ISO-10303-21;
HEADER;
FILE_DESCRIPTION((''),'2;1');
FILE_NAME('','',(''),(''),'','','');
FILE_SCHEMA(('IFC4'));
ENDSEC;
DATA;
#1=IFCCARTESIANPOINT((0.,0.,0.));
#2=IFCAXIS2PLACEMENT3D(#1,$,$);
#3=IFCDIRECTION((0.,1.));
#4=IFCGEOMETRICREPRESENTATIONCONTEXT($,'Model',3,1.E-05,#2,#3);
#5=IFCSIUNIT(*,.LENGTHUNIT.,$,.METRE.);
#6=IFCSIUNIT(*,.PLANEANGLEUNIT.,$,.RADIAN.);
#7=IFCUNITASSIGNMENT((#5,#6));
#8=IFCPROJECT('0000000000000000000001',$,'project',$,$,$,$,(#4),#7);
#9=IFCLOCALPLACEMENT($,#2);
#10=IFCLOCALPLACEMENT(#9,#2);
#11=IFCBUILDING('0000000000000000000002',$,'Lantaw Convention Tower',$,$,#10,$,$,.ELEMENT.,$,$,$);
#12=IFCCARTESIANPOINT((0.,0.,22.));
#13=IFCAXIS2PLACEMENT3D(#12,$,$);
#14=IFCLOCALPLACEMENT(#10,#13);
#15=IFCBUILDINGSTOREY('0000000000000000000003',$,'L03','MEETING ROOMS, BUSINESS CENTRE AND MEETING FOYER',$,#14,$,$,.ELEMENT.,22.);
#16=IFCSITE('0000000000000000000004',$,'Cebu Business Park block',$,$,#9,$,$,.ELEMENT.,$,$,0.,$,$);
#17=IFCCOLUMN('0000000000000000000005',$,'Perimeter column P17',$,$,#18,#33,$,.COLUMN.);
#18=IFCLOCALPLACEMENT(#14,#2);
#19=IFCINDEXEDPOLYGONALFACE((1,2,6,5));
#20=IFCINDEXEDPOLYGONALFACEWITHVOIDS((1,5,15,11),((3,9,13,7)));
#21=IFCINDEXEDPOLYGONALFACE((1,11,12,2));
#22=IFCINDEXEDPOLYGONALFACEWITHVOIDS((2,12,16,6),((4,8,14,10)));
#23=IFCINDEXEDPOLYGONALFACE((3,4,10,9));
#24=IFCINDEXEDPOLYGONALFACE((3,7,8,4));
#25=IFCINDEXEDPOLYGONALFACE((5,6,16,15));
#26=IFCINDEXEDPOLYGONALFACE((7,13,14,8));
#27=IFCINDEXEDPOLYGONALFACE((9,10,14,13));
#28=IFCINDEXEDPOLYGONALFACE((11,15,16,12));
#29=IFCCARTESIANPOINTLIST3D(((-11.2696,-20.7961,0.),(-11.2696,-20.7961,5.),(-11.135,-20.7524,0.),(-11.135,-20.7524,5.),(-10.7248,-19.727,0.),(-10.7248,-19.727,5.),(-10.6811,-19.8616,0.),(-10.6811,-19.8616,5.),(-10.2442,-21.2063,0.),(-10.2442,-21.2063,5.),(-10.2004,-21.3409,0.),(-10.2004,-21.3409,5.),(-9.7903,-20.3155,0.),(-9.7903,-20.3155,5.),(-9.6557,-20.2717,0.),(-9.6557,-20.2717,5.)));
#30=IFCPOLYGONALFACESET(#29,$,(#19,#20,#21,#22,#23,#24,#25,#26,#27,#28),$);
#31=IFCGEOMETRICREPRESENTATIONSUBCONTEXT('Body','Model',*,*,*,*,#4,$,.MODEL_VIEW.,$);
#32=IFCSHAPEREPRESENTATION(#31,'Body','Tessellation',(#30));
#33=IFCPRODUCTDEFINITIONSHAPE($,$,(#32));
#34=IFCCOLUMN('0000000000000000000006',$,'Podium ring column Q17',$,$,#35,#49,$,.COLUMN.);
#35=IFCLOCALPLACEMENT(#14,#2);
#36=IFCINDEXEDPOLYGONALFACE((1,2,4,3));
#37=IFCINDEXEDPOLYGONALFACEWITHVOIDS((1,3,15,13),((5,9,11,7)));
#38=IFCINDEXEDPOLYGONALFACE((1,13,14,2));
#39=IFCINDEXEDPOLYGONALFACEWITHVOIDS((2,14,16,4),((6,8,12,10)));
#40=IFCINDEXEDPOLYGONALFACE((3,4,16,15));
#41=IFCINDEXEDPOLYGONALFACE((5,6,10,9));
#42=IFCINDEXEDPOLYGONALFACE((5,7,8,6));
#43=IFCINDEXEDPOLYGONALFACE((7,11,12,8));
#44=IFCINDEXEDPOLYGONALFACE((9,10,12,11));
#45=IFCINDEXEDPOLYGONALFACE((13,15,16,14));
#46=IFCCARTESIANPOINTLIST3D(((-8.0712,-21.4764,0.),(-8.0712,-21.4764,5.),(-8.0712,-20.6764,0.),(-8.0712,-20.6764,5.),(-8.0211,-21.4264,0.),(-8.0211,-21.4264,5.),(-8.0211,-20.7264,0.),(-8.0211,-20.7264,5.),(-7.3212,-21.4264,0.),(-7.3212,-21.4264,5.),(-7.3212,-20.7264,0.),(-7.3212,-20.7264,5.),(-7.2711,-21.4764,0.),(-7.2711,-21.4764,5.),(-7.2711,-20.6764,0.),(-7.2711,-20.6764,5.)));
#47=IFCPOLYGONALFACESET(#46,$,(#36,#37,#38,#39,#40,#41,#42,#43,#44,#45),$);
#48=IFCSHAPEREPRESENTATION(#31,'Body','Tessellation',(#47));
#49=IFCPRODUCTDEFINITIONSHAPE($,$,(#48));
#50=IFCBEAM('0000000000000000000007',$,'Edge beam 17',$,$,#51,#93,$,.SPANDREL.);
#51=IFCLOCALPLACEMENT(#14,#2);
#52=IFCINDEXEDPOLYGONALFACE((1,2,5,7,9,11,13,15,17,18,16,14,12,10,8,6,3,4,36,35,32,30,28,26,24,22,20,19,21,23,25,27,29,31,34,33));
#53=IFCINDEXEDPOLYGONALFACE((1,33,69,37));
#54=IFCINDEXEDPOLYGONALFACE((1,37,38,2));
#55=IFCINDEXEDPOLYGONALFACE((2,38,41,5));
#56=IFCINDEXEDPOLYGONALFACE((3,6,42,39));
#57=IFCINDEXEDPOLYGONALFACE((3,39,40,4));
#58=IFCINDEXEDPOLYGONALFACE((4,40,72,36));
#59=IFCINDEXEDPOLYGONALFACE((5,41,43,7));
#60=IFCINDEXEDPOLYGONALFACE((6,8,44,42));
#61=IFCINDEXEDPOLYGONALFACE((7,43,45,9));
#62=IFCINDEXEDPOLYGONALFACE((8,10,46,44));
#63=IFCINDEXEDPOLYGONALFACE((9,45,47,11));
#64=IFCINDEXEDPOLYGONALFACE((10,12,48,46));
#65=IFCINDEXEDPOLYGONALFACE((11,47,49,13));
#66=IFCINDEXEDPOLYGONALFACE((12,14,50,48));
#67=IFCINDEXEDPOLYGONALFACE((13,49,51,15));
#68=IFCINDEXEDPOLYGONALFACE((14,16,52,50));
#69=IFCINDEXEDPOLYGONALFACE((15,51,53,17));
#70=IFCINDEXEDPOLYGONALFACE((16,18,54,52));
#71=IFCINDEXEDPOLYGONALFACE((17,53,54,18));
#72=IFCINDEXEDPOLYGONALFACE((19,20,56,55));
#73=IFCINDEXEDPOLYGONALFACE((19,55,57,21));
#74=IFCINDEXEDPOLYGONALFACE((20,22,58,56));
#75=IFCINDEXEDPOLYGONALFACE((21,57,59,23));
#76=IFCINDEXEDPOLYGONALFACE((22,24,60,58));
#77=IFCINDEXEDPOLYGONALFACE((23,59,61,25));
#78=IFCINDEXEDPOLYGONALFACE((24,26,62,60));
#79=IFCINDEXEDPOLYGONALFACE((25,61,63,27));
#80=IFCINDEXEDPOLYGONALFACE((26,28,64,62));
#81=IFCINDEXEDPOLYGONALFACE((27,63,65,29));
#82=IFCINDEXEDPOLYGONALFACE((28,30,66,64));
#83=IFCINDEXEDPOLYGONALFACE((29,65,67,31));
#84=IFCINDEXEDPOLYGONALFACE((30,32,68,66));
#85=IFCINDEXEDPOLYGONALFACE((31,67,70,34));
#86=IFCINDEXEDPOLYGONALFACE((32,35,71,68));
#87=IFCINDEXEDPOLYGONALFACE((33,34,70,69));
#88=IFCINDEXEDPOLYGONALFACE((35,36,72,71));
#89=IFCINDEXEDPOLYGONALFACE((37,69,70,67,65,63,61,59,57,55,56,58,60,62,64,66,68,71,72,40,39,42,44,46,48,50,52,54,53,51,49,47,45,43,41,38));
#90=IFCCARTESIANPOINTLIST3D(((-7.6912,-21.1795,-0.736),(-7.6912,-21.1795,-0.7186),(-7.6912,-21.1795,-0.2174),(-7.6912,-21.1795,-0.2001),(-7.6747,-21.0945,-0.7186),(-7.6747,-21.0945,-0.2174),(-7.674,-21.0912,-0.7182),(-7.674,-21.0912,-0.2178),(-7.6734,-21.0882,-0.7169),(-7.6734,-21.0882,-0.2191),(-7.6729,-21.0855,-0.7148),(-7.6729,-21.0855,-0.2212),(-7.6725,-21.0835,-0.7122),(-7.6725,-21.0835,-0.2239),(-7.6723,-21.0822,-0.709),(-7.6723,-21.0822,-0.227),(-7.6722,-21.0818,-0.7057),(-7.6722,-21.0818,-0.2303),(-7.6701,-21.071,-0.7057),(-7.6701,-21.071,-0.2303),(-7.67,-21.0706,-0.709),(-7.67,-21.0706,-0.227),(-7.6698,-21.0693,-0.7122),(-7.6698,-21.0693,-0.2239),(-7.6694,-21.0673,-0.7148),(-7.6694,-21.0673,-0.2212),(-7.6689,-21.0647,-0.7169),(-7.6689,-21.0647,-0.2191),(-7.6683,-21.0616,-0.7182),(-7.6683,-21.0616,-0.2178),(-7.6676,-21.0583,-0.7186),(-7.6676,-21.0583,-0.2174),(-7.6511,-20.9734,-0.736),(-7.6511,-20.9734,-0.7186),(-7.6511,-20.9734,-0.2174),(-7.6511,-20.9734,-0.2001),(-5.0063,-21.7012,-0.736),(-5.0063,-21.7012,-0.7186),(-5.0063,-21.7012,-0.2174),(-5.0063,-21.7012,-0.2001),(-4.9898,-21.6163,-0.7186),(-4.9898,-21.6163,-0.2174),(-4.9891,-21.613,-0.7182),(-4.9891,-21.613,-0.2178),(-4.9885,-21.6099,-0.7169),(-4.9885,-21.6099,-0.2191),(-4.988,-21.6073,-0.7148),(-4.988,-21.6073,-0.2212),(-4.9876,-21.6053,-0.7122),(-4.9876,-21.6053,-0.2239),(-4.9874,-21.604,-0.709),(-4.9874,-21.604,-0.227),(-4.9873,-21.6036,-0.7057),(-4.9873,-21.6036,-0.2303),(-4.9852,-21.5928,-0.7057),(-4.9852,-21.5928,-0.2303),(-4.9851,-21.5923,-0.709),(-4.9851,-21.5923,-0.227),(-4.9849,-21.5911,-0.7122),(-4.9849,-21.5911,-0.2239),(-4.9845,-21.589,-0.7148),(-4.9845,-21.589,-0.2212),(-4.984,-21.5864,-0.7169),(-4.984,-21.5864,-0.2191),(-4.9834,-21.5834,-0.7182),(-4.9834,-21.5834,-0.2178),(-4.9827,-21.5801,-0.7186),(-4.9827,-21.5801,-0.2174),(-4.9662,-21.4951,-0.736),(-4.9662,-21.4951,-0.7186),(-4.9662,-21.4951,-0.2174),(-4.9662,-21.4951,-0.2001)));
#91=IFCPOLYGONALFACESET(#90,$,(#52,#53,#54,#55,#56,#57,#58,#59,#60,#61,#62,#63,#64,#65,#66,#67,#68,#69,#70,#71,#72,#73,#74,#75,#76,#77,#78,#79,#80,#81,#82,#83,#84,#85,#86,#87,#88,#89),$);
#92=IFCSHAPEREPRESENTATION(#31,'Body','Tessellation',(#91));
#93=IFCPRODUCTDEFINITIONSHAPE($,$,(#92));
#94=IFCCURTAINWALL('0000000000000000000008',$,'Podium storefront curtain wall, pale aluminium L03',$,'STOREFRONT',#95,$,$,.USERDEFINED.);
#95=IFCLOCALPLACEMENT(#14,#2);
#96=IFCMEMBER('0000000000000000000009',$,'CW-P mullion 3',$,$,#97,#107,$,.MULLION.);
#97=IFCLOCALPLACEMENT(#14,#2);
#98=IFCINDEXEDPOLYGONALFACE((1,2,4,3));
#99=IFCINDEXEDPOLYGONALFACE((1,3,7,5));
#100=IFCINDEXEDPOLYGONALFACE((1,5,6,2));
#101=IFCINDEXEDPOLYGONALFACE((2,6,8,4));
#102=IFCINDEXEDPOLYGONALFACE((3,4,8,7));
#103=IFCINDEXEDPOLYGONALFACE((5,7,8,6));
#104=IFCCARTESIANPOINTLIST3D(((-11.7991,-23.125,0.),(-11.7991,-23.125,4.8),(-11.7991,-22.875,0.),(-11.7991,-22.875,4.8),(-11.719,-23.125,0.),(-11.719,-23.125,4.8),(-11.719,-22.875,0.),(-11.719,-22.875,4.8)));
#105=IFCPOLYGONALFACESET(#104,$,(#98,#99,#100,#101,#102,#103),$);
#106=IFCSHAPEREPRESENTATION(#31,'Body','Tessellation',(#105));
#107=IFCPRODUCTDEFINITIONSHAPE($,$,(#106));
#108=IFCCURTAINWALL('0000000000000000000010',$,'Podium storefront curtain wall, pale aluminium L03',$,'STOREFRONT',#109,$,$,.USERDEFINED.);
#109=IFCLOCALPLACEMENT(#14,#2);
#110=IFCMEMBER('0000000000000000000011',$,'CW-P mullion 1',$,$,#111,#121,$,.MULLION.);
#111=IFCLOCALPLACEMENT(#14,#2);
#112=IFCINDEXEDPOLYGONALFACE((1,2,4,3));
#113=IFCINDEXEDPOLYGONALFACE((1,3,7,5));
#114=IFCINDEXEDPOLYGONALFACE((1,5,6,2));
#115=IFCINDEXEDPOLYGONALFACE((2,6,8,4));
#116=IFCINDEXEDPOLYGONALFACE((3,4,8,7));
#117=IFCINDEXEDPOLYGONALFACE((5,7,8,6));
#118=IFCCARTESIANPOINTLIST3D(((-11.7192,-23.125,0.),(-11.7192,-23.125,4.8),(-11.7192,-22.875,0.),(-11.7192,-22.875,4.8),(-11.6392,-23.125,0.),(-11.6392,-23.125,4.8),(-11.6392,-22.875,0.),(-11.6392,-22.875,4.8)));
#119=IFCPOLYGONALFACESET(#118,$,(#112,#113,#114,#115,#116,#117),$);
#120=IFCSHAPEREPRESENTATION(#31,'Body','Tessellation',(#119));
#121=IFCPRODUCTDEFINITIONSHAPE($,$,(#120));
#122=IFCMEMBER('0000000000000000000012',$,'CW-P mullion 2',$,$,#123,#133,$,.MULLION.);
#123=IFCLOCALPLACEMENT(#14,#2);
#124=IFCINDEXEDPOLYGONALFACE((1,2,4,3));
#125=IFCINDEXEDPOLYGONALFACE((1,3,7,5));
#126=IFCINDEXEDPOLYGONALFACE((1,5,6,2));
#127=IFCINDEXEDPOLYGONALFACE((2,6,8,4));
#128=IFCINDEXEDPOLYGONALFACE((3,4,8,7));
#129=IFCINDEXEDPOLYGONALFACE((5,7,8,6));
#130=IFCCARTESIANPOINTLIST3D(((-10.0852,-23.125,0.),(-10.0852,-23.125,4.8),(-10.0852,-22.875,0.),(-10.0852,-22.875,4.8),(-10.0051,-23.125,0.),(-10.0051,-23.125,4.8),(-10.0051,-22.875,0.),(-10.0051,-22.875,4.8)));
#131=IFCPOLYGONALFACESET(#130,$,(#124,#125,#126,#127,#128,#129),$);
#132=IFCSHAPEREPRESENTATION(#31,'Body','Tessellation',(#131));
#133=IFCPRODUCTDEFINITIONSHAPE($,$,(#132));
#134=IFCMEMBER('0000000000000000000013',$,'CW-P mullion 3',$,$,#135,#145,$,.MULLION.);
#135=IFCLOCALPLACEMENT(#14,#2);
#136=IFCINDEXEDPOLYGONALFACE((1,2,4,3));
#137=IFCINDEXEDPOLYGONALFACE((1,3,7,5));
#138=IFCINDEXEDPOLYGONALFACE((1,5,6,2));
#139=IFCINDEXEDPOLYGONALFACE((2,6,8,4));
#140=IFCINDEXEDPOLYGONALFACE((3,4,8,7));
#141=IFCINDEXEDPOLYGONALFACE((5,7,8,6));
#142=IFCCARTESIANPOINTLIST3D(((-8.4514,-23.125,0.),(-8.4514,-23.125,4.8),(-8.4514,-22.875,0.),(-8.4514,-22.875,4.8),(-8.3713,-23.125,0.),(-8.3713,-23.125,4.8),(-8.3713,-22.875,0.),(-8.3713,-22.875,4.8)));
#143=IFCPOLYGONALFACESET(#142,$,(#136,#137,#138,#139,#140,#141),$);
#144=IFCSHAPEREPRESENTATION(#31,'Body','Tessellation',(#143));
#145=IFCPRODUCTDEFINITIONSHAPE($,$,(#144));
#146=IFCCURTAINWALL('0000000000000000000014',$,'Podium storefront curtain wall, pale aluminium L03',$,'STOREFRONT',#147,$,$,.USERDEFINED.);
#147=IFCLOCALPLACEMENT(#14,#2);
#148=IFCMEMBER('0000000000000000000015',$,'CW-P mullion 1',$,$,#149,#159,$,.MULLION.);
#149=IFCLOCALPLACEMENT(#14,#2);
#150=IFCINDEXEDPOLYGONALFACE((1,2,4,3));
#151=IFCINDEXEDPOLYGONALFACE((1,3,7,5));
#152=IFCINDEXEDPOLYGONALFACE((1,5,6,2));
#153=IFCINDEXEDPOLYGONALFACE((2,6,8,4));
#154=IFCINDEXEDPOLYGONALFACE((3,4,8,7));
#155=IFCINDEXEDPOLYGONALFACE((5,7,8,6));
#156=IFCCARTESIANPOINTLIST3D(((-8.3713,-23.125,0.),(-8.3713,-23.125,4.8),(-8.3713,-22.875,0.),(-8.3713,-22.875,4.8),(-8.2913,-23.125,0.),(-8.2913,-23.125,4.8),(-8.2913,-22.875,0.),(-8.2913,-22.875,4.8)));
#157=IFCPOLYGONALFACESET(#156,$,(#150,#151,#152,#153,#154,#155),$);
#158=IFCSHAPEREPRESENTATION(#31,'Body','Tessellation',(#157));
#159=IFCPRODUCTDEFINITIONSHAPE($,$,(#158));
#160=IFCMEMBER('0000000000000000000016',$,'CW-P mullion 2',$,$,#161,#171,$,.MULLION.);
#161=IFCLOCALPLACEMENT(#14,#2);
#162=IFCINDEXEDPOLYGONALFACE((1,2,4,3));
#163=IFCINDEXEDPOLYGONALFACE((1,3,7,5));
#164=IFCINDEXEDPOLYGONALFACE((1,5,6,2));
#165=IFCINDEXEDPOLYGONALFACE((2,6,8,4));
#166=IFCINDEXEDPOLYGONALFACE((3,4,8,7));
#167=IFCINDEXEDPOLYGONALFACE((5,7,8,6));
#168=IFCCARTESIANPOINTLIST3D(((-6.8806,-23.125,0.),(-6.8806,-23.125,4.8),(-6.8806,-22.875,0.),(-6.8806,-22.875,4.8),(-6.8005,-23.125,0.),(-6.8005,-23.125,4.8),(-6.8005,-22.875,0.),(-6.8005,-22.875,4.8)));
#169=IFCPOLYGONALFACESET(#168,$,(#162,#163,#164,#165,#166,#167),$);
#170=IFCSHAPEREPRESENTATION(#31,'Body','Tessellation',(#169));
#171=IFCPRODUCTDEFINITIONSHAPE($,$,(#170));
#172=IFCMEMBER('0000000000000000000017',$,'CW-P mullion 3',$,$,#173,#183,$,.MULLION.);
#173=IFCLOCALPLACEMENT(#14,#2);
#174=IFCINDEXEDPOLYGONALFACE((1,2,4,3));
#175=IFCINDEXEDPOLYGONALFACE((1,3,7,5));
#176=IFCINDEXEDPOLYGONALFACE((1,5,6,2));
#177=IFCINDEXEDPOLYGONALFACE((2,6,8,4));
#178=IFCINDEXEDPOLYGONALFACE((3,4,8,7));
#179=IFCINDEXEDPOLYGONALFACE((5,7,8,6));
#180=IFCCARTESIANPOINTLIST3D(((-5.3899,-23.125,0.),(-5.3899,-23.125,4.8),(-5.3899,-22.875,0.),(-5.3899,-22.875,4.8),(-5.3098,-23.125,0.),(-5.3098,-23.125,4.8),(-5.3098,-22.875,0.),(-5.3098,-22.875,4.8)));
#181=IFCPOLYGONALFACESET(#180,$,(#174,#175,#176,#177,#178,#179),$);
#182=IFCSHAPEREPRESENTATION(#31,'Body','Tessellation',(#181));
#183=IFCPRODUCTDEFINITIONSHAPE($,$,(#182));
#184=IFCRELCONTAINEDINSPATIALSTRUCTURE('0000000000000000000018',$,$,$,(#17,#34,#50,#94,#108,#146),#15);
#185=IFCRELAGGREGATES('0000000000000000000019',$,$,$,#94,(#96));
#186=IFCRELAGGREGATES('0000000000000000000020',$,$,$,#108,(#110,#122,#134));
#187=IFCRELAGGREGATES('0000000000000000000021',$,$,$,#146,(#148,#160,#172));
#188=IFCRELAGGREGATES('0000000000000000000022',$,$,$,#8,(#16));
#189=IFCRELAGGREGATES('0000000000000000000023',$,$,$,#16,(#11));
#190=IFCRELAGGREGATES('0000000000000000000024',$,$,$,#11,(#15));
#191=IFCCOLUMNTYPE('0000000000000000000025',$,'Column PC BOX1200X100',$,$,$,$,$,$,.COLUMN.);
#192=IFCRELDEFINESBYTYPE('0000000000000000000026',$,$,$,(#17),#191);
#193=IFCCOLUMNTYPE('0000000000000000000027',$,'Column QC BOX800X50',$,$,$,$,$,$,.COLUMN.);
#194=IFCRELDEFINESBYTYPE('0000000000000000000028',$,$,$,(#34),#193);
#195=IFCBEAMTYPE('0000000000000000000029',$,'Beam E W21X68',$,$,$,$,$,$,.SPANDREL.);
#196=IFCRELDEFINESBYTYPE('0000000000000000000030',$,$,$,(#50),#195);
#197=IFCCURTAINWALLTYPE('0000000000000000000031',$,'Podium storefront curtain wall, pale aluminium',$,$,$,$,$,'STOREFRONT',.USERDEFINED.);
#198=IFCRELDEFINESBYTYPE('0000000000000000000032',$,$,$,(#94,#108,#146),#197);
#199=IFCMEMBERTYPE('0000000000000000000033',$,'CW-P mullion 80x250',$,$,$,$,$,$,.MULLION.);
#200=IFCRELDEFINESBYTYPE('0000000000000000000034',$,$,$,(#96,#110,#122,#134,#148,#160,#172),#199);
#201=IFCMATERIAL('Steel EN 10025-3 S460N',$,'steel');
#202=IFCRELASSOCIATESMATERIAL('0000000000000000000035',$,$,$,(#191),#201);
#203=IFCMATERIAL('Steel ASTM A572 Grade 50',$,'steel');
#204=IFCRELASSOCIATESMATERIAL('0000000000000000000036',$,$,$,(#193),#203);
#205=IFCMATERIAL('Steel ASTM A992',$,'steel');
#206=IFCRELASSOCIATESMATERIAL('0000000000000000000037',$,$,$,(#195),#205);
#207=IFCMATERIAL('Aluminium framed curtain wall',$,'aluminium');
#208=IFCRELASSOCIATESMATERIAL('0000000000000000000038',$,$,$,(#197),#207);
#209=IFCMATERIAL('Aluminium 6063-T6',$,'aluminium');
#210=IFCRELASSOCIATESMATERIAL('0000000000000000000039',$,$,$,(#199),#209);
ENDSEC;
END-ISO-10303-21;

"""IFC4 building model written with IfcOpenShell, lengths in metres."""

from ifc_helpers import new_model, si_unit, direction, frame, origin, origin_2d, place, context, subcontext, project, spatial, rectangle, hollow_rectangle, i_section, extrude, material, material_profile, profile_set, type_object, element, aggregate, save


model = new_model("IFC4")

# Units and contexts
model_context = context("Model", 3, precision=1e-05, world=origin(), true_north=direction((0.0, 1.0)))
body_context = subcontext(model_context, "Body", "Model", "MODEL_VIEW")
ifc_project = project(units=[si_unit("LENGTHUNIT", "METRE"), si_unit("PLANEANGLEUNIT", "RADIAN")], contexts=[model_context])

# Site, building, storey
site_placement = place(None, origin())
site = spatial("IfcSite", under=ifc_project, at=site_placement, Name="Cebu Business Park block", CompositionType="ELEMENT", RefElevation=0.0)
building_placement = place(site_placement, origin())
building = spatial("IfcBuilding", under=site, at=building_placement, Name="Lantaw Convention Tower", CompositionType="ELEMENT")
storey_placement = place(building_placement, frame((0.0, 0.0, 22.0)))
storey = spatial("IfcBuildingStorey", under=building, at=storey_placement, Name="L03", Description="MEETING ROOMS, BUSINESS CENTRE AND MEETING FOYER", CompositionType="ELEMENT", Elevation=22.0)

# Columns
ifc_material_1 = material(Name="Steel EN 10025-3 S460N", Category="steel")
ifc_material_profile_1 = material_profile(ifc_material_1, hollow_rectangle(XDim=1.2, YDim=1.2, WallThickness=0.1001, at=origin_2d()), Name="BOX1200X100")
ifc_material_2 = material(Name="Concrete C60/75", Category="concrete")
ifc_material_profile_2 = material_profile(ifc_material_2, rectangle(XDim=1.0, YDim=1.0, at=origin_2d()), Name="Concrete fill of BOX1200X100")
ifc_profile_set_1 = profile_set([ifc_material_profile_1, ifc_material_profile_2], Name="Steel EN 10025-3 S460N")
column_type_1 = type_object("IfcColumnType", Name="Column PC BOX1200X100", PredefinedType="COLUMN", material=ifc_profile_set_1)
column_1_placement = place(storey_placement, frame((-10.4626, -20.5339, 0.0), z_axis=(0.0, 0.0, 1.0), x_axis=(0.45399, 0.891007, 0.0)))
element("IfcColumn", 1, at=column_1_placement, inside=storey, type_object=column_type_1, Name="Perimeter column P17", PredefinedType="COLUMN", context=body_context, shape_type="SweptSolid", body=[
    extrude(hollow_rectangle(XDim=1.2, YDim=1.2, WallThickness=0.1001, at=origin_2d()), origin(), (0.0, 0.0, 1.0), 5.0),
])
ifc_material_3 = material(Name="Steel ASTM A572 Grade 50", Category="steel")
ifc_material_profile_3 = material_profile(ifc_material_3, hollow_rectangle(XDim=0.8, YDim=0.8, WallThickness=0.05, at=origin_2d()), Name="BOX800X50")
ifc_profile_set_2 = profile_set([ifc_material_profile_3], Name="Steel ASTM A572 Grade 50")
column_type_2 = type_object("IfcColumnType", Name="Column QC BOX800X50", PredefinedType="COLUMN", material=ifc_profile_set_2)
column_2_placement = place(storey_placement, frame((-7.6711, -21.0764, 0.0), z_axis=(0.0, 0.0, 1.0), x_axis=(1.0, 0.0, 0.0)))
element("IfcColumn", 2, at=column_2_placement, inside=storey, type_object=column_type_2, Name="Podium ring column Q17", PredefinedType="COLUMN", context=body_context, shape_type="SweptSolid", body=[
    extrude(hollow_rectangle(XDim=0.8, YDim=0.8, WallThickness=0.05, at=origin_2d()), origin(), (0.0, 0.0, 1.0), 5.0),
])

# Beam
ifc_material_4 = material(Name="Steel ASTM A992", Category="steel")
ifc_material_profile_4 = material_profile(ifc_material_4, i_section(OverallWidth=0.21, OverallDepth=0.5359, WebThickness=0.011, FlangeThickness=0.0173, FilletRadius=0.0129, at=origin_2d()), Name="W21X68")
ifc_profile_set_3 = profile_set([ifc_material_profile_4], Name="Steel ASTM A992")
beam_type = type_object("IfcBeamType", Name="Beam E W21X68", PredefinedType="SPANDREL", material=ifc_profile_set_3)
beam_placement = place(storey_placement, frame((-7.6711, -21.0764, -0.468), z_axis=(0.981637, -0.190757, 0.0), x_axis=(0.190757, 0.981637, 0.0)))
element("IfcBeam", 3, at=beam_placement, inside=storey, type_object=beam_type, Name="Edge beam 17", PredefinedType="SPANDREL", context=body_context, shape_type="SweptSolid", body=[
    extrude(i_section(OverallWidth=0.21, OverallDepth=0.5359, WebThickness=0.011, FlangeThickness=0.0173, FilletRadius=0.0129, at=origin_2d()), origin(), (0.0, 0.0, 1.0), 2.7351),
])

# Curtain wall, member
ifc_material_5 = material(Name="Aluminium framed curtain wall", Category="aluminium")
curtain_wall_type = type_object("IfcCurtainWallType", Name="Podium storefront curtain wall, pale aluminium", ElementType="STOREFRONT", PredefinedType="USERDEFINED", material=ifc_material_5)
curtain_wall_1_placement = place(storey_placement, origin())
curtain_wall_1 = element("IfcCurtainWall", 4, at=curtain_wall_1_placement, inside=storey, type_object=curtain_wall_type, Name="Podium storefront curtain wall, pale aluminium L03", ObjectType="STOREFRONT", PredefinedType="USERDEFINED")
ifc_material_6 = material(Name="Aluminium 6063-T6", Category="aluminium")
ifc_material_profile_5 = material_profile(ifc_material_6, rectangle(XDim=0.25, YDim=0.0801, at=origin_2d()), Name="CW-P mullion 80x250")
ifc_profile_set_4 = profile_set([ifc_material_profile_5], Name="Aluminium 6063-T6")
member_type_1 = type_object("IfcMemberType", Name="CW-P mullion 80x250", PredefinedType="MULLION", material=ifc_profile_set_4)
member_1_placement = place(storey_placement, frame((-11.759, -23.0, 0.0), z_axis=(0.0, 0.0, 1.0), x_axis=(0.0, 1.0, 0.0)))
member_1 = element("IfcMember", 5, at=member_1_placement, type_object=member_type_1, Name="CW-P mullion 3", PredefinedType="MULLION", context=body_context, shape_type="SweptSolid", body=[
    extrude(rectangle(XDim=0.25, YDim=0.0801, at=origin_2d()), origin(), (0.0, 0.0, 1.0), 4.8),
])

# Curtain walls, members
curtain_wall_2_placement = place(storey_placement, origin())
curtain_wall_2 = element("IfcCurtainWall", 6, at=curtain_wall_2_placement, inside=storey, type_object=curtain_wall_type, Name="Podium storefront curtain wall, pale aluminium L03", ObjectType="STOREFRONT", PredefinedType="USERDEFINED")
member_2_placement = place(storey_placement, frame((-11.6792, -23.0, 0.0), z_axis=(0.0, 0.0, 1.0), x_axis=(0.0, 1.0, 0.0)))
member_2 = element("IfcMember", 7, at=member_2_placement, type_object=member_type_1, Name="CW-P mullion 1", PredefinedType="MULLION", context=body_context, shape_type="SweptSolid", body=[
    extrude(rectangle(XDim=0.25, YDim=0.0801, at=origin_2d()), origin(), (0.0, 0.0, 1.0), 4.8),
])
member_3_placement = place(storey_placement, frame((-10.0452, -23.0, 0.0), z_axis=(0.0, 0.0, 1.0), x_axis=(0.0, 1.0, 0.0)))
member_3 = element("IfcMember", 8, at=member_3_placement, type_object=member_type_1, Name="CW-P mullion 2", PredefinedType="MULLION", context=body_context, shape_type="SweptSolid", body=[
    extrude(rectangle(XDim=0.25, YDim=0.0801, at=origin_2d()), origin(), (0.0, 0.0, 1.0), 4.8),
])
member_4_placement = place(storey_placement, frame((-8.4114, -23.0, 0.0), z_axis=(0.0, 0.0, 1.0), x_axis=(0.0, 1.0, 0.0)))
member_4 = element("IfcMember", 9, at=member_4_placement, type_object=member_type_1, Name="CW-P mullion 3", PredefinedType="MULLION", context=body_context, shape_type="SweptSolid", body=[
    extrude(rectangle(XDim=0.25, YDim=0.0801, at=origin_2d()), origin(), (0.0, 0.0, 1.0), 4.8),
])
curtain_wall_3_placement = place(storey_placement, origin())
curtain_wall_3 = element("IfcCurtainWall", 10, at=curtain_wall_3_placement, inside=storey, type_object=curtain_wall_type, Name="Podium storefront curtain wall, pale aluminium L03", ObjectType="STOREFRONT", PredefinedType="USERDEFINED")
member_5_placement = place(storey_placement, frame((-8.3313, -23.0, 0.0), z_axis=(0.0, 0.0, 1.0), x_axis=(0.0, 1.0, 0.0)))
member_5 = element("IfcMember", 11, at=member_5_placement, type_object=member_type_1, Name="CW-P mullion 1", PredefinedType="MULLION", context=body_context, shape_type="SweptSolid", body=[
    extrude(rectangle(XDim=0.25, YDim=0.0801, at=origin_2d()), origin(), (0.0, 0.0, 1.0), 4.8),
])
member_6_placement = place(storey_placement, frame((-6.8406, -23.0, 0.0), z_axis=(0.0, 0.0, 1.0), x_axis=(0.0, 1.0, 0.0)))
member_6 = element("IfcMember", 12, at=member_6_placement, type_object=member_type_1, Name="CW-P mullion 2", PredefinedType="MULLION", context=body_context, shape_type="SweptSolid", body=[
    extrude(rectangle(XDim=0.25, YDim=0.0801, at=origin_2d()), origin(), (0.0, 0.0, 1.0), 4.8),
])
member_7_placement = place(storey_placement, frame((-5.3499, -23.0, 0.0), z_axis=(0.0, 0.0, 1.0), x_axis=(0.0, 1.0, 0.0)))
member_7 = element("IfcMember", 13, at=member_7_placement, type_object=member_type_1, Name="CW-P mullion 3", PredefinedType="MULLION", context=body_context, shape_type="SweptSolid", body=[
    extrude(rectangle(XDim=0.25, YDim=0.0801, at=origin_2d()), origin(), (0.0, 0.0, 1.0), 4.8),
])

aggregate(curtain_wall_1, [member_1])
aggregate(curtain_wall_2, [member_2, member_3, member_4])
aggregate(curtain_wall_3, [member_5, member_6, member_7])

save(model, "model.ifc")
